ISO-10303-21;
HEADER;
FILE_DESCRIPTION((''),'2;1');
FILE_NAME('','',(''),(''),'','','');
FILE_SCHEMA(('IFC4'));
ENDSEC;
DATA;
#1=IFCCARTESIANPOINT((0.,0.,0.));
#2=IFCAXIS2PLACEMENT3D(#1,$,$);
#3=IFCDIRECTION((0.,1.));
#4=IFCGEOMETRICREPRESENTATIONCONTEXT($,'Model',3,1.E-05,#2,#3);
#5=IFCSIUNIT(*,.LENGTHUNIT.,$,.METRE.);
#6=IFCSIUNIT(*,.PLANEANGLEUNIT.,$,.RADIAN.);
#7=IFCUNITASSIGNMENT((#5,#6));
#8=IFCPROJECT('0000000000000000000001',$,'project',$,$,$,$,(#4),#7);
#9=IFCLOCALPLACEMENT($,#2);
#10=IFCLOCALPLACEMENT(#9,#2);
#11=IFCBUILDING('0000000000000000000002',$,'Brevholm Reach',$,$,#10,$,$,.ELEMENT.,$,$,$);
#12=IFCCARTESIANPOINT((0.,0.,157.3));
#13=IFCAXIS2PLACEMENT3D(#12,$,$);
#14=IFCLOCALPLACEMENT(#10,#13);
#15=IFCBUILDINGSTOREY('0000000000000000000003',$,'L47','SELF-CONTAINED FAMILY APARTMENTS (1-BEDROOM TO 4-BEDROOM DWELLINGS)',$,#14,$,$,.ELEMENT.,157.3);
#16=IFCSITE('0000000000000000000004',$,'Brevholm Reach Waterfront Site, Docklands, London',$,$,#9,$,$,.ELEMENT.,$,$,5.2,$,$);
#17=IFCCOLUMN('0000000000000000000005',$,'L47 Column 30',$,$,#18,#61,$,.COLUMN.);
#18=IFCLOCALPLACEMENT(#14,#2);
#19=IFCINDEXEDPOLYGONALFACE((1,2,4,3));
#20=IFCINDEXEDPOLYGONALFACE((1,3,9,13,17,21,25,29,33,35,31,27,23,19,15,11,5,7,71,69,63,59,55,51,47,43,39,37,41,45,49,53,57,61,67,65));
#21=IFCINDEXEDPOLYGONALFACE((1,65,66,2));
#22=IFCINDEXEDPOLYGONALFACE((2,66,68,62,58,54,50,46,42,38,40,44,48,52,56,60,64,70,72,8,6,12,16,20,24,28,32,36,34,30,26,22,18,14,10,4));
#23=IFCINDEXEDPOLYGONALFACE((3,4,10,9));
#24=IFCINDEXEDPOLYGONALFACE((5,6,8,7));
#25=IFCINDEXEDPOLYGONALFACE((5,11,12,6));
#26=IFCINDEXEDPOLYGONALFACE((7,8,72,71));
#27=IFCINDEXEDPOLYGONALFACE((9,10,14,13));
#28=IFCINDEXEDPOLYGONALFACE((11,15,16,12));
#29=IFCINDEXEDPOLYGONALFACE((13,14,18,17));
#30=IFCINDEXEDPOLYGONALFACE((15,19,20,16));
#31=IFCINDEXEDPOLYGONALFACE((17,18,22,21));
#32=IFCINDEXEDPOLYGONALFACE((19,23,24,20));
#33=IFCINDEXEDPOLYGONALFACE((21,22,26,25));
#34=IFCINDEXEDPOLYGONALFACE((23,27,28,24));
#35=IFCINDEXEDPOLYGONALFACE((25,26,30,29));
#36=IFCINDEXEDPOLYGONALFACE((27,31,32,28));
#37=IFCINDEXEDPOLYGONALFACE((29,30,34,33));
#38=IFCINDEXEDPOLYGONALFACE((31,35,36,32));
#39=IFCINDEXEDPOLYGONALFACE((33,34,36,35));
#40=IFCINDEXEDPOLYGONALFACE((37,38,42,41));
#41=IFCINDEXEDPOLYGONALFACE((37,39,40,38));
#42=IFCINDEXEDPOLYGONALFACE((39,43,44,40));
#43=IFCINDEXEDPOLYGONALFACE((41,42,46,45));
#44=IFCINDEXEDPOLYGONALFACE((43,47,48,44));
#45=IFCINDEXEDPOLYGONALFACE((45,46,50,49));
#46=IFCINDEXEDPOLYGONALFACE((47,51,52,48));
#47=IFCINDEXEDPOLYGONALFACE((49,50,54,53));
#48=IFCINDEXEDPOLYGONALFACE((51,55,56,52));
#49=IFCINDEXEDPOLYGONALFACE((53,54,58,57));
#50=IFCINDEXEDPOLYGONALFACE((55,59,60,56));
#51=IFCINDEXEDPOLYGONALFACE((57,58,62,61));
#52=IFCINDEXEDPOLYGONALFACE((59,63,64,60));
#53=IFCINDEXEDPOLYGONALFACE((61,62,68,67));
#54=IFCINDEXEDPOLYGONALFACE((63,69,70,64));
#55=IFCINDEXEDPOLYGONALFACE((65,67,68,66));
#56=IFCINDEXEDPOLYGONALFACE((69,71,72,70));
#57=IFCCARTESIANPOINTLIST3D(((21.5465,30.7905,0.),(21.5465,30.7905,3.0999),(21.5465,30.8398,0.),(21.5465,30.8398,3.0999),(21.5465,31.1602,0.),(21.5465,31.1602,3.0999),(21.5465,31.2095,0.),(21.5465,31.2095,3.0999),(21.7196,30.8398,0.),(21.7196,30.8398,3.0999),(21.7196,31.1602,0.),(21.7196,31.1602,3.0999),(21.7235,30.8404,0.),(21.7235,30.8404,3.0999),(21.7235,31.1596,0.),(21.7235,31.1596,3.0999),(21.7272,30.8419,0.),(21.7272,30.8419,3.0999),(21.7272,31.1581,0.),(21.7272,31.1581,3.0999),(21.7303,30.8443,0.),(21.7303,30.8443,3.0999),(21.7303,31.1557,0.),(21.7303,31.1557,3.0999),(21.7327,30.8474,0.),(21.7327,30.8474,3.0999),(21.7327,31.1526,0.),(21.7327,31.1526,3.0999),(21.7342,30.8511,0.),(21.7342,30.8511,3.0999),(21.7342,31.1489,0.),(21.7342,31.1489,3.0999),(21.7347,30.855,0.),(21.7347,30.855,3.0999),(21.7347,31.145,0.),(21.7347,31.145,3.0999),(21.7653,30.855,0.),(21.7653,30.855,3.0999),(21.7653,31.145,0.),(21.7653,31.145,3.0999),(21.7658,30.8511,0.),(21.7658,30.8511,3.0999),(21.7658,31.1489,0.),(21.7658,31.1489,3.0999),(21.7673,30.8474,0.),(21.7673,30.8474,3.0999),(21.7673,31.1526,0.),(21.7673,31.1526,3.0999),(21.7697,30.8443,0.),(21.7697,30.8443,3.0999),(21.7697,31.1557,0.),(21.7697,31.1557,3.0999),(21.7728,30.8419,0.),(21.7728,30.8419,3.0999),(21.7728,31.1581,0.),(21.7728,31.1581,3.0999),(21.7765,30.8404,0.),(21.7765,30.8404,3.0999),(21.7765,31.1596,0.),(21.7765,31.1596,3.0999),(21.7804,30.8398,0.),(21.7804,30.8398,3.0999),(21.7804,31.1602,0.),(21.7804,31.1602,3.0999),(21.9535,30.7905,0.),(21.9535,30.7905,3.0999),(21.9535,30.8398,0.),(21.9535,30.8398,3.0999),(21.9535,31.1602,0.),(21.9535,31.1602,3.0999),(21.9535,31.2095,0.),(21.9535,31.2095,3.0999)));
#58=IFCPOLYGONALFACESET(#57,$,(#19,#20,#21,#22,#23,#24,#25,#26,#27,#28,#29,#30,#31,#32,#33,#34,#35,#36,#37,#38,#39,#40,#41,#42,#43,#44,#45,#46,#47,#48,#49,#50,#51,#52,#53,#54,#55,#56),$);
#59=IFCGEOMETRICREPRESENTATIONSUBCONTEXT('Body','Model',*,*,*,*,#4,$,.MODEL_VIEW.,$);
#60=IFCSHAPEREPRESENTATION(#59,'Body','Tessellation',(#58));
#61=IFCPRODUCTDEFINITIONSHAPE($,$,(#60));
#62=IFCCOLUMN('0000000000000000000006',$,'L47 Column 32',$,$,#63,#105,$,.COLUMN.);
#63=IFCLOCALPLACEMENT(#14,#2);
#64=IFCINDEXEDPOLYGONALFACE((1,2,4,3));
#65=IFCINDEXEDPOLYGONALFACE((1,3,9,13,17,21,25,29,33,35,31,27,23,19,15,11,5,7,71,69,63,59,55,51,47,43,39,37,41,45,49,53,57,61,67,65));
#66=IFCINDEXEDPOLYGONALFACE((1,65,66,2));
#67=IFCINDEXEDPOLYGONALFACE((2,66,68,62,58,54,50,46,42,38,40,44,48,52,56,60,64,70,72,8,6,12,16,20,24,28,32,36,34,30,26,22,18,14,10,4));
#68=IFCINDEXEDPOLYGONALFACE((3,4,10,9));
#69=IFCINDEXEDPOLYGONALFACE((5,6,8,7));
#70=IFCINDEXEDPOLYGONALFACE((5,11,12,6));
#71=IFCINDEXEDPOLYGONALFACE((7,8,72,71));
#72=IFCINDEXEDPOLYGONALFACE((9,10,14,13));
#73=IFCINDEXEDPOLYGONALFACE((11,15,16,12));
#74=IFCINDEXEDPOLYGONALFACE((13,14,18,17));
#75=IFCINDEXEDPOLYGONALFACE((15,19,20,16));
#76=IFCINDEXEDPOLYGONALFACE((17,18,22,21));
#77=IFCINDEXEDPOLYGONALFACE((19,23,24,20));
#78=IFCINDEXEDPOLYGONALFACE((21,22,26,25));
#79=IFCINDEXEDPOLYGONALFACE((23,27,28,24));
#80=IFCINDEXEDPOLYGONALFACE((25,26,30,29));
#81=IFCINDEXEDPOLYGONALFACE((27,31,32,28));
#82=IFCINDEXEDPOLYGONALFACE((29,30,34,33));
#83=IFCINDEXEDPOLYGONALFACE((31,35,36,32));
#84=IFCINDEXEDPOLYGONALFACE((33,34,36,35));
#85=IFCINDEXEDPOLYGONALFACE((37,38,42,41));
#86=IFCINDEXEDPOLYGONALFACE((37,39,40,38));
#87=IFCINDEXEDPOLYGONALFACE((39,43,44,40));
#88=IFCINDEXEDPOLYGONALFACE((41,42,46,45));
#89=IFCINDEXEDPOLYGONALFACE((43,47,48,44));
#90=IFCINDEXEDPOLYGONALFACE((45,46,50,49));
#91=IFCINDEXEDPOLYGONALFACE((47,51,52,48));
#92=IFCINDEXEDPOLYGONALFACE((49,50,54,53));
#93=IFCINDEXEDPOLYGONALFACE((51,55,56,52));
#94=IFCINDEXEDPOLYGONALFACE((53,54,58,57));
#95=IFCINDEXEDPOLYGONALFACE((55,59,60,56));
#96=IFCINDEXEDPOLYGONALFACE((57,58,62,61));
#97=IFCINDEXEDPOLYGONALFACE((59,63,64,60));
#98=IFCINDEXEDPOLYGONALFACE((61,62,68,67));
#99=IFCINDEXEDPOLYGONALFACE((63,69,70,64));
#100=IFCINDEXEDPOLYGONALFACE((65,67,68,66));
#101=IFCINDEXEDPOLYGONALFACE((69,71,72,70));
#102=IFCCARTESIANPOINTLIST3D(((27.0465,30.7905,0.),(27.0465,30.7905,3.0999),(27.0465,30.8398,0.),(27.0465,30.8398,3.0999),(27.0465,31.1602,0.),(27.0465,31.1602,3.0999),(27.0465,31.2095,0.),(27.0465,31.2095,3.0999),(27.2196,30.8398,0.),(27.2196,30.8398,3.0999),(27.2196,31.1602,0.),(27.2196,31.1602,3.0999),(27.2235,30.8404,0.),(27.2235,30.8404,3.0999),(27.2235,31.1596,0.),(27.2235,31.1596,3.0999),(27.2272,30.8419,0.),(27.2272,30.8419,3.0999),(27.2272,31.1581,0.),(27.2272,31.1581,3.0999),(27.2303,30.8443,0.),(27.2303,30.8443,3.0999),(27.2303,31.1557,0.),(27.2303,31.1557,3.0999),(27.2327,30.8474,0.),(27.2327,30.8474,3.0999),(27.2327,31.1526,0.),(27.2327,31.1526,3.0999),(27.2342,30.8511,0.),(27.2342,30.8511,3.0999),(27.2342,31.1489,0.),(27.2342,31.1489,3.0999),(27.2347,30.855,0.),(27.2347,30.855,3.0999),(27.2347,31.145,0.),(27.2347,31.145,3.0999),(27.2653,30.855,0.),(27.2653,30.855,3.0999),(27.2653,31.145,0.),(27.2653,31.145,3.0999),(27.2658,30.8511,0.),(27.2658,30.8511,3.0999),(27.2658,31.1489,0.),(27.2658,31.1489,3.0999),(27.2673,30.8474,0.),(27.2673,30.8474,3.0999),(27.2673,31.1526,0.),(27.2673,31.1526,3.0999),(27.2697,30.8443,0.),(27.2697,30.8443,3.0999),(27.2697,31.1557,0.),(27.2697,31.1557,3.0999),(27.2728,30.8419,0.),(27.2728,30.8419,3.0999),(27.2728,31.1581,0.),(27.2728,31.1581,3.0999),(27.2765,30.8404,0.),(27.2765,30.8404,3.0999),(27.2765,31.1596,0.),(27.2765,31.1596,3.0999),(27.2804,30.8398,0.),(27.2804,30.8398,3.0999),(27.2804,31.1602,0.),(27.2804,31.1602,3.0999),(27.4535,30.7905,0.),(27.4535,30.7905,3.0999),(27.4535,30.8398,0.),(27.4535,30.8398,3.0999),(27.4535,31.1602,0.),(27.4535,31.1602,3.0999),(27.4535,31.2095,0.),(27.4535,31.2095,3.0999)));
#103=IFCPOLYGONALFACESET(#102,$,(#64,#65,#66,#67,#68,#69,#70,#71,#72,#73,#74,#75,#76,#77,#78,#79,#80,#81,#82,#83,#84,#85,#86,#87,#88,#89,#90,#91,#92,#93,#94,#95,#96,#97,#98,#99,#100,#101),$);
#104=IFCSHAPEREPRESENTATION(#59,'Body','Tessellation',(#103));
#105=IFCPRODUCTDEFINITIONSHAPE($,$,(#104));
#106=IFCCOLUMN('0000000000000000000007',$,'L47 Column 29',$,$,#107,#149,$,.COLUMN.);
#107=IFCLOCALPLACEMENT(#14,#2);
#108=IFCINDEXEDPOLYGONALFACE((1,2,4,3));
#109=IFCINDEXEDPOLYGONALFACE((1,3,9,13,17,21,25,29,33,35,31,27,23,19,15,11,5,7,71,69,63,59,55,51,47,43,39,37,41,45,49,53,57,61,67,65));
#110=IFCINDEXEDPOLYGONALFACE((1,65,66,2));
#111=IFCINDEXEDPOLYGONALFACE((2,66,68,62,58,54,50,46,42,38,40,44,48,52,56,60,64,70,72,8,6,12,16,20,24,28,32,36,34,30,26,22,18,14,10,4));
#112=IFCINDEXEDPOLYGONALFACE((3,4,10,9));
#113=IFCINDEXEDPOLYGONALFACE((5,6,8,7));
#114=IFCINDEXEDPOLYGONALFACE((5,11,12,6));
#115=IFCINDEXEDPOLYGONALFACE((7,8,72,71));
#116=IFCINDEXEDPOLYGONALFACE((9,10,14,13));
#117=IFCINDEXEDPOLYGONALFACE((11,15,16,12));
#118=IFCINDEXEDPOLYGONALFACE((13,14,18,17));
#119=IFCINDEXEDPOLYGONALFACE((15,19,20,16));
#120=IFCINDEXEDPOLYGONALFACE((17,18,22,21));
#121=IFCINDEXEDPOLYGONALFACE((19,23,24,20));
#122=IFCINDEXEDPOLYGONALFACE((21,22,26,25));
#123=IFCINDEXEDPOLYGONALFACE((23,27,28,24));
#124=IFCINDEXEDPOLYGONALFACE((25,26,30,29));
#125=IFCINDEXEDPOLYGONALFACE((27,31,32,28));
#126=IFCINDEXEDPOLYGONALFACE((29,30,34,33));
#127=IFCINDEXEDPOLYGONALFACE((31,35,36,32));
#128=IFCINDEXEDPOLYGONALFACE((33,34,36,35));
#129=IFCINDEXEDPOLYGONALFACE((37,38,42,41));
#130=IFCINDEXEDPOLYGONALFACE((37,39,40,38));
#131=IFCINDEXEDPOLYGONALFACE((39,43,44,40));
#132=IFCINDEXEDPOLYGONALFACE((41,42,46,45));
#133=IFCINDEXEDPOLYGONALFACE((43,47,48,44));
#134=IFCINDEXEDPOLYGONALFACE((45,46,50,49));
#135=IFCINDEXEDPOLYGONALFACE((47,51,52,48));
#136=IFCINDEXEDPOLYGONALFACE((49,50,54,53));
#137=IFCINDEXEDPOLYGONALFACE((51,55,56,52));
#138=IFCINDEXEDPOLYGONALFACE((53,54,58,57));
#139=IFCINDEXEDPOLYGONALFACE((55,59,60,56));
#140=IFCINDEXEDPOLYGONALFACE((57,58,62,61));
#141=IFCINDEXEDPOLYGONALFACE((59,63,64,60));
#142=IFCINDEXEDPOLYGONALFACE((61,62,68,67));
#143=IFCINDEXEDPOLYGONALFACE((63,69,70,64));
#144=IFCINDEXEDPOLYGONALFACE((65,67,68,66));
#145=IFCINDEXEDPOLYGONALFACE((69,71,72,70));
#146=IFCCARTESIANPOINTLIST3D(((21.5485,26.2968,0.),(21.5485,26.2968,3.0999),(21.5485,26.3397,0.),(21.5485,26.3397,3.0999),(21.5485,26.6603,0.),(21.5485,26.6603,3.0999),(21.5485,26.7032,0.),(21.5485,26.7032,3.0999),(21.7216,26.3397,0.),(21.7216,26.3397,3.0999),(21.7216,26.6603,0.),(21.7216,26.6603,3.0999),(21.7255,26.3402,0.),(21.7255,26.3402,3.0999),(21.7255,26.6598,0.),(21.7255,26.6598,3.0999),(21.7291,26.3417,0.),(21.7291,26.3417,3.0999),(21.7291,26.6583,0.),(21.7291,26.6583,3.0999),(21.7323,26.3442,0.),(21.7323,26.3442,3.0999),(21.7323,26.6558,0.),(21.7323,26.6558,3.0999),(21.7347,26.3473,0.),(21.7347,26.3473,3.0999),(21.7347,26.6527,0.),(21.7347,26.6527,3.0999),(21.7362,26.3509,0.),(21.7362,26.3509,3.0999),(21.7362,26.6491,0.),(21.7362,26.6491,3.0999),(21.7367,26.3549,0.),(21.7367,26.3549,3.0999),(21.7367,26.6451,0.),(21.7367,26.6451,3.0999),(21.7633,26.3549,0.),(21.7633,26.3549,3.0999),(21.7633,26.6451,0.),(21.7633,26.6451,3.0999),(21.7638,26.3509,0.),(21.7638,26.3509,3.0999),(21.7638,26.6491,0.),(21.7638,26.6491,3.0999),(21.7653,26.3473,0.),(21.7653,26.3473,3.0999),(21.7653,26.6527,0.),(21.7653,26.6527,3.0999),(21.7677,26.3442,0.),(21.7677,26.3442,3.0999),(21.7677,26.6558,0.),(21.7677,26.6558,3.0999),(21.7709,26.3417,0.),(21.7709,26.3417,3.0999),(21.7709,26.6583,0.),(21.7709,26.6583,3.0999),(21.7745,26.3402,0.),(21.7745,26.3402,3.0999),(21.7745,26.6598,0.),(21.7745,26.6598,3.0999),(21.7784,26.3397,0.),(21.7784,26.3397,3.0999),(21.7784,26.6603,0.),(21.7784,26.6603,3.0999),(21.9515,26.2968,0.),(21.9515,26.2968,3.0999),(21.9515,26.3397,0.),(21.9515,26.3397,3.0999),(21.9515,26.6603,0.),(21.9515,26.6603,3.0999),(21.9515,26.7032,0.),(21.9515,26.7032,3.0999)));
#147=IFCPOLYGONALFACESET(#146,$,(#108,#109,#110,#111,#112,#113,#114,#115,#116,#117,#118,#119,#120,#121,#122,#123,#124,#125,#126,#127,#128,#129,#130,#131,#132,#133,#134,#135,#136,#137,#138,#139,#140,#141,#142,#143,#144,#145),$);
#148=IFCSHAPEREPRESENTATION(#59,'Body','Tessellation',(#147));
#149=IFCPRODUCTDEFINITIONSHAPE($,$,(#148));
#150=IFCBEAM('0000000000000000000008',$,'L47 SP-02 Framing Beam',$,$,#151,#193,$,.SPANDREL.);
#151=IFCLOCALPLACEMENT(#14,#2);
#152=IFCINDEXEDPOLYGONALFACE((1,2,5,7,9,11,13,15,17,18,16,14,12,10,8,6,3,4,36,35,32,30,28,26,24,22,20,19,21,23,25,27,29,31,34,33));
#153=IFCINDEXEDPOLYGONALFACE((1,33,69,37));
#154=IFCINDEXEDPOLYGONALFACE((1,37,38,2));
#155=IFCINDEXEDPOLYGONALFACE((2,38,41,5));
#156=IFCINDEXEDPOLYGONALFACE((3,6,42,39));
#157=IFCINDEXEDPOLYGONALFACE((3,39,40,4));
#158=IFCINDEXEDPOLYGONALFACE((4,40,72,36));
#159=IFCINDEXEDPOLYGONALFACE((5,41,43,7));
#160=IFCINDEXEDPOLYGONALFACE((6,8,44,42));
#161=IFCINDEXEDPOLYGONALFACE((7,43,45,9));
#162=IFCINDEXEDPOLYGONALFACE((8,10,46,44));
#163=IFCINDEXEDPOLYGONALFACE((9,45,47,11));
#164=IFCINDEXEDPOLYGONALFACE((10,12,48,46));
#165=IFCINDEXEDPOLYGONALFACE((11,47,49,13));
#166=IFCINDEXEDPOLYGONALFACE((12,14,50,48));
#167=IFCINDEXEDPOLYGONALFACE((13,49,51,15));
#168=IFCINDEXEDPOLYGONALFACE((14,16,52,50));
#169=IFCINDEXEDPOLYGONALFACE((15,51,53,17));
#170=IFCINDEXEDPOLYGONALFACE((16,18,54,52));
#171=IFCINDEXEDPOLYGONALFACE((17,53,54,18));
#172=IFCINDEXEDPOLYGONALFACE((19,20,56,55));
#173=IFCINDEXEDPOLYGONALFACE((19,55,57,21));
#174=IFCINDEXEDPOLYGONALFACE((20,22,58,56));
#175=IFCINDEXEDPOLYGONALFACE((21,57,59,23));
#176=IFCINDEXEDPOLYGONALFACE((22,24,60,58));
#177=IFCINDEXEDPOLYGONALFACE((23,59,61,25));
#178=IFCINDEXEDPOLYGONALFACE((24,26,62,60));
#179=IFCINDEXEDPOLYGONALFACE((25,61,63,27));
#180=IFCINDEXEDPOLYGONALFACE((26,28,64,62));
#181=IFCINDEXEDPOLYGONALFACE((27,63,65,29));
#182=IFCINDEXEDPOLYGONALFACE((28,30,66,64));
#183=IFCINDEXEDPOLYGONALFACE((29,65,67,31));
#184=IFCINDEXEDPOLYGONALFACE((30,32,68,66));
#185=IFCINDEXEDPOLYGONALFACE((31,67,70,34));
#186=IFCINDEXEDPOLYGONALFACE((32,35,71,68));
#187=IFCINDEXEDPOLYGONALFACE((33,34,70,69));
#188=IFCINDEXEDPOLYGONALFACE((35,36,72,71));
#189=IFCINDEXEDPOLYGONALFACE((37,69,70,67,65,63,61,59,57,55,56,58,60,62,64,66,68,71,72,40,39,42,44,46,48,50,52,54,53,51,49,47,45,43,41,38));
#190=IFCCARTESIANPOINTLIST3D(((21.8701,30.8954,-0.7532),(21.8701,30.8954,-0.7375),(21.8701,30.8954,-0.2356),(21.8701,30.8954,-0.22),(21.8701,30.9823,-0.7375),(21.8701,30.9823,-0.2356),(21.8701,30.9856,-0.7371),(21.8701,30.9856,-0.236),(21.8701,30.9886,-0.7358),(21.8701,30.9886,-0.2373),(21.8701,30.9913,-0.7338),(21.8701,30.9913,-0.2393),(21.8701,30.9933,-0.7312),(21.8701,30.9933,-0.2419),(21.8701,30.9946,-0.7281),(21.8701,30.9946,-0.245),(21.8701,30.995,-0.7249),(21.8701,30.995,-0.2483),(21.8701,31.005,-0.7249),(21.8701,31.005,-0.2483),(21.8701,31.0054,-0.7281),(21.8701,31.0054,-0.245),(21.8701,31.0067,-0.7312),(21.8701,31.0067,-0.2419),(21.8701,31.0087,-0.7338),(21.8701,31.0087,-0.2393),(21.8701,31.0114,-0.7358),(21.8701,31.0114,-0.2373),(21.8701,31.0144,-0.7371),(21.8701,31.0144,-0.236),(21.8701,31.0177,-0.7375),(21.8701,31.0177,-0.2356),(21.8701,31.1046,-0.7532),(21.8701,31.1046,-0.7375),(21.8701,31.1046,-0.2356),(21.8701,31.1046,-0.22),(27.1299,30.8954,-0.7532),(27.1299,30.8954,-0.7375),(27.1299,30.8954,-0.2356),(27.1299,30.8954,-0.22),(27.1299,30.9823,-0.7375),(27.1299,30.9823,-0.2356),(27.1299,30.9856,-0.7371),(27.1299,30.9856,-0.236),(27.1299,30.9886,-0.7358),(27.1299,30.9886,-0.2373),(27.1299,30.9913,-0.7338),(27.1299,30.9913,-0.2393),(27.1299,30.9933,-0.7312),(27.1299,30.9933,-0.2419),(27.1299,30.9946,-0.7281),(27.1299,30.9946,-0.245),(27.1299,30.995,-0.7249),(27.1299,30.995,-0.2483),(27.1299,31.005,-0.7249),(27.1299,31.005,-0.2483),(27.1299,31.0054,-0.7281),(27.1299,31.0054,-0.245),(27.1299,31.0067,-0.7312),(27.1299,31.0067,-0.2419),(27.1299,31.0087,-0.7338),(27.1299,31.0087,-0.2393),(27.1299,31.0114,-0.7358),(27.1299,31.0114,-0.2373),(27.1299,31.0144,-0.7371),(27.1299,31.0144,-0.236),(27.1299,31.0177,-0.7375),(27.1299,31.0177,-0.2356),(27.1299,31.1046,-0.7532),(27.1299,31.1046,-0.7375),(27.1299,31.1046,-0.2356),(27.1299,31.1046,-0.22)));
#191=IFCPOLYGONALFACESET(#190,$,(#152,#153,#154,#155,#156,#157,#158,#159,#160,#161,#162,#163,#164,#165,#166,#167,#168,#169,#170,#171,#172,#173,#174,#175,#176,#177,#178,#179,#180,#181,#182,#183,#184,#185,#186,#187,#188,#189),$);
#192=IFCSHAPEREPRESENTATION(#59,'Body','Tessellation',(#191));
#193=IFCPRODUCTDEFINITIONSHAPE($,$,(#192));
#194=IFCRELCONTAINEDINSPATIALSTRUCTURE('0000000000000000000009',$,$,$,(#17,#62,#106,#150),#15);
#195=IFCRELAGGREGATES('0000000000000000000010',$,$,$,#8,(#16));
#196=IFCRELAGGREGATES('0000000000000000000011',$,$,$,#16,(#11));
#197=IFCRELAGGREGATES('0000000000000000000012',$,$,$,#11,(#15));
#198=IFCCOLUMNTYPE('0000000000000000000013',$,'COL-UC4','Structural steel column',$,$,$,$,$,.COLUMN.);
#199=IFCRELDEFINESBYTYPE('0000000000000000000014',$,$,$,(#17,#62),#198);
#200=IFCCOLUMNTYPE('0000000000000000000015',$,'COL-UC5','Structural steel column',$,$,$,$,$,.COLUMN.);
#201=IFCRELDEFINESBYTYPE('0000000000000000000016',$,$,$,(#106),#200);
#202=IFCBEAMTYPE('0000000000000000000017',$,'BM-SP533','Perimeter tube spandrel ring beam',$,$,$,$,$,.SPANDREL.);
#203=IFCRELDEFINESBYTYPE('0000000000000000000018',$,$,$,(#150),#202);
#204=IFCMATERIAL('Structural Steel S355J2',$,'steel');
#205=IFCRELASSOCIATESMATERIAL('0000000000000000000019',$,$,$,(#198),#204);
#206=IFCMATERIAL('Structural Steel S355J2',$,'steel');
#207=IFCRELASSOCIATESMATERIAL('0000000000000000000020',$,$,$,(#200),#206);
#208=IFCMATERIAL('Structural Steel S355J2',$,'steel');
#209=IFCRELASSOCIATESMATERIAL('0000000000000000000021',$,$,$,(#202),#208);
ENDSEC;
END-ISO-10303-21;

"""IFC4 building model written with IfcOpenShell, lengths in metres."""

from ifc_helpers import new_model, si_unit, direction, frame, origin, origin_2d, place, context, subcontext, project, spatial, i_section, extrude, material, material_profile, profile_set, type_object, element, save


model = new_model("IFC4")

# Units and contexts
model_context = context("Model", 3, precision=1e-05, world=origin(), true_north=direction((0.0, 1.0)))
body_context = subcontext(model_context, "Body", "Model", "MODEL_VIEW")
ifc_project = project(units=[si_unit("LENGTHUNIT", "METRE"), si_unit("PLANEANGLEUNIT", "RADIAN")], contexts=[model_context])

# Site, building, storey
site_placement = place(None, origin())
site = spatial("IfcSite", under=ifc_project, at=site_placement, Name="Brevholm Reach Waterfront Site, Docklands, London", CompositionType="ELEMENT", RefElevation=5.2)
building_placement = place(site_placement, origin())
building = spatial("IfcBuilding", under=site, at=building_placement, Name="Brevholm Reach", CompositionType="ELEMENT")
storey_placement = place(building_placement, frame((0.0, 0.0, 157.3)))
storey = spatial("IfcBuildingStorey", under=building, at=storey_placement, Name="L47", Description="SELF-CONTAINED FAMILY APARTMENTS (1-BEDROOM TO 4-BEDROOM DWELLINGS)", CompositionType="ELEMENT", Elevation=157.3)

# Columns
ifc_material_1 = material(Name="Structural Steel S355J2", Category="steel")
ifc_material_profile_1 = material_profile(ifc_material_1, i_section(OverallWidth=0.407, OverallDepth=0.4189, WebThickness=0.0305, FlangeThickness=0.0493, FilletRadius=0.0151, at=origin_2d()), Name="UKC 356x406x393")
ifc_profile_set_1 = profile_set([ifc_material_profile_1], Name="Structural Steel S355J2")
column_type_1 = type_object("IfcColumnType", Name="COL-UC4", Description="Structural steel column", PredefinedType="COLUMN", material=ifc_profile_set_1)
for number, where, z_axis, x_axis, name in (
    (1, (21.75, 31.0, 0.0), (0.0, 0.0, 1.0), (1.0, 0.0, 0.0), "L47 Column 30"),
    (2, (27.25, 31.0, 0.0), (0.0, 0.0, 1.0), (1.0, 0.0, 0.0), "L47 Column 32"),
):
    element("IfcColumn", number, at=place(storey_placement, frame(where, z_axis=z_axis, x_axis=x_axis)), inside=storey, type_object=column_type_1, Name=name, PredefinedType="COLUMN", context=body_context, shape_type="SweptSolid", body=[
        extrude(i_section(OverallWidth=0.407, OverallDepth=0.4189, WebThickness=0.0305, FlangeThickness=0.0493, FilletRadius=0.0151, at=origin_2d()), origin(), (0.0, 0.0, 1.0), 3.0999),
    ])
ifc_material_2 = material(Name="Structural Steel S355J2", Category="steel")
ifc_material_profile_2 = material_profile(ifc_material_2, i_section(OverallWidth=0.4031, OverallDepth=0.4065, WebThickness=0.0266, FlangeThickness=0.043, FilletRadius=0.0151, at=origin_2d()), Name="UKC 356x406x340")
ifc_profile_set_2 = profile_set([ifc_material_profile_2], Name="Structural Steel S355J2")
column_type_2 = type_object("IfcColumnType", Name="COL-UC5", Description="Structural steel column", PredefinedType="COLUMN", material=ifc_profile_set_2)
column_placement = place(storey_placement, frame((21.75, 26.5, 0.0), z_axis=(0.0, 0.0, 1.0), x_axis=(1.0, 0.0, 0.0)))
element("IfcColumn", 3, at=column_placement, inside=storey, type_object=column_type_2, Name="L47 Column 29", PredefinedType="COLUMN", context=body_context, shape_type="SweptSolid", body=[
    extrude(i_section(OverallWidth=0.4031, OverallDepth=0.4065, WebThickness=0.0266, FlangeThickness=0.043, FilletRadius=0.0151, at=origin_2d()), origin(), (0.0, 0.0, 1.0), 3.0999),
])

# Beam
ifc_material_3 = material(Name="Structural Steel S355J2", Category="steel")
ifc_material_profile_3 = material_profile(ifc_material_3, i_section(OverallWidth=0.2092, OverallDepth=0.5332, WebThickness=0.01, FlangeThickness=0.0156, FilletRadius=0.0127, at=origin_2d()), Name="UKB 533x210x92")
ifc_profile_set_3 = profile_set([ifc_material_profile_3], Name="Structural Steel S355J2")
beam_type_1 = type_object("IfcBeamType", Name="BM-SP533", Description="Perimeter tube spandrel ring beam", PredefinedType="SPANDREL", material=ifc_profile_set_3)
for number, where, z_axis, x_axis, name in (
    (4, (21.8701, 31.0, -0.4866), (1.0, 0.0, 0.0), (0.0, 1.0, 0.0), "L47 SP-02 Framing Beam"),
):
    element("IfcBeam", number, at=place(storey_placement, frame(where, z_axis=z_axis, x_axis=x_axis)), inside=storey, type_object=beam_type_1, Name=name, PredefinedType="SPANDREL", context=body_context, shape_type="SweptSolid", body=[
        extrude(i_section(OverallWidth=0.2092, OverallDepth=0.5332, WebThickness=0.01, FlangeThickness=0.0156, FilletRadius=0.0127, at=origin_2d()), origin(), (0.0, 0.0, 1.0), 5.2598),
    ])

save(model, "model.ifc")
